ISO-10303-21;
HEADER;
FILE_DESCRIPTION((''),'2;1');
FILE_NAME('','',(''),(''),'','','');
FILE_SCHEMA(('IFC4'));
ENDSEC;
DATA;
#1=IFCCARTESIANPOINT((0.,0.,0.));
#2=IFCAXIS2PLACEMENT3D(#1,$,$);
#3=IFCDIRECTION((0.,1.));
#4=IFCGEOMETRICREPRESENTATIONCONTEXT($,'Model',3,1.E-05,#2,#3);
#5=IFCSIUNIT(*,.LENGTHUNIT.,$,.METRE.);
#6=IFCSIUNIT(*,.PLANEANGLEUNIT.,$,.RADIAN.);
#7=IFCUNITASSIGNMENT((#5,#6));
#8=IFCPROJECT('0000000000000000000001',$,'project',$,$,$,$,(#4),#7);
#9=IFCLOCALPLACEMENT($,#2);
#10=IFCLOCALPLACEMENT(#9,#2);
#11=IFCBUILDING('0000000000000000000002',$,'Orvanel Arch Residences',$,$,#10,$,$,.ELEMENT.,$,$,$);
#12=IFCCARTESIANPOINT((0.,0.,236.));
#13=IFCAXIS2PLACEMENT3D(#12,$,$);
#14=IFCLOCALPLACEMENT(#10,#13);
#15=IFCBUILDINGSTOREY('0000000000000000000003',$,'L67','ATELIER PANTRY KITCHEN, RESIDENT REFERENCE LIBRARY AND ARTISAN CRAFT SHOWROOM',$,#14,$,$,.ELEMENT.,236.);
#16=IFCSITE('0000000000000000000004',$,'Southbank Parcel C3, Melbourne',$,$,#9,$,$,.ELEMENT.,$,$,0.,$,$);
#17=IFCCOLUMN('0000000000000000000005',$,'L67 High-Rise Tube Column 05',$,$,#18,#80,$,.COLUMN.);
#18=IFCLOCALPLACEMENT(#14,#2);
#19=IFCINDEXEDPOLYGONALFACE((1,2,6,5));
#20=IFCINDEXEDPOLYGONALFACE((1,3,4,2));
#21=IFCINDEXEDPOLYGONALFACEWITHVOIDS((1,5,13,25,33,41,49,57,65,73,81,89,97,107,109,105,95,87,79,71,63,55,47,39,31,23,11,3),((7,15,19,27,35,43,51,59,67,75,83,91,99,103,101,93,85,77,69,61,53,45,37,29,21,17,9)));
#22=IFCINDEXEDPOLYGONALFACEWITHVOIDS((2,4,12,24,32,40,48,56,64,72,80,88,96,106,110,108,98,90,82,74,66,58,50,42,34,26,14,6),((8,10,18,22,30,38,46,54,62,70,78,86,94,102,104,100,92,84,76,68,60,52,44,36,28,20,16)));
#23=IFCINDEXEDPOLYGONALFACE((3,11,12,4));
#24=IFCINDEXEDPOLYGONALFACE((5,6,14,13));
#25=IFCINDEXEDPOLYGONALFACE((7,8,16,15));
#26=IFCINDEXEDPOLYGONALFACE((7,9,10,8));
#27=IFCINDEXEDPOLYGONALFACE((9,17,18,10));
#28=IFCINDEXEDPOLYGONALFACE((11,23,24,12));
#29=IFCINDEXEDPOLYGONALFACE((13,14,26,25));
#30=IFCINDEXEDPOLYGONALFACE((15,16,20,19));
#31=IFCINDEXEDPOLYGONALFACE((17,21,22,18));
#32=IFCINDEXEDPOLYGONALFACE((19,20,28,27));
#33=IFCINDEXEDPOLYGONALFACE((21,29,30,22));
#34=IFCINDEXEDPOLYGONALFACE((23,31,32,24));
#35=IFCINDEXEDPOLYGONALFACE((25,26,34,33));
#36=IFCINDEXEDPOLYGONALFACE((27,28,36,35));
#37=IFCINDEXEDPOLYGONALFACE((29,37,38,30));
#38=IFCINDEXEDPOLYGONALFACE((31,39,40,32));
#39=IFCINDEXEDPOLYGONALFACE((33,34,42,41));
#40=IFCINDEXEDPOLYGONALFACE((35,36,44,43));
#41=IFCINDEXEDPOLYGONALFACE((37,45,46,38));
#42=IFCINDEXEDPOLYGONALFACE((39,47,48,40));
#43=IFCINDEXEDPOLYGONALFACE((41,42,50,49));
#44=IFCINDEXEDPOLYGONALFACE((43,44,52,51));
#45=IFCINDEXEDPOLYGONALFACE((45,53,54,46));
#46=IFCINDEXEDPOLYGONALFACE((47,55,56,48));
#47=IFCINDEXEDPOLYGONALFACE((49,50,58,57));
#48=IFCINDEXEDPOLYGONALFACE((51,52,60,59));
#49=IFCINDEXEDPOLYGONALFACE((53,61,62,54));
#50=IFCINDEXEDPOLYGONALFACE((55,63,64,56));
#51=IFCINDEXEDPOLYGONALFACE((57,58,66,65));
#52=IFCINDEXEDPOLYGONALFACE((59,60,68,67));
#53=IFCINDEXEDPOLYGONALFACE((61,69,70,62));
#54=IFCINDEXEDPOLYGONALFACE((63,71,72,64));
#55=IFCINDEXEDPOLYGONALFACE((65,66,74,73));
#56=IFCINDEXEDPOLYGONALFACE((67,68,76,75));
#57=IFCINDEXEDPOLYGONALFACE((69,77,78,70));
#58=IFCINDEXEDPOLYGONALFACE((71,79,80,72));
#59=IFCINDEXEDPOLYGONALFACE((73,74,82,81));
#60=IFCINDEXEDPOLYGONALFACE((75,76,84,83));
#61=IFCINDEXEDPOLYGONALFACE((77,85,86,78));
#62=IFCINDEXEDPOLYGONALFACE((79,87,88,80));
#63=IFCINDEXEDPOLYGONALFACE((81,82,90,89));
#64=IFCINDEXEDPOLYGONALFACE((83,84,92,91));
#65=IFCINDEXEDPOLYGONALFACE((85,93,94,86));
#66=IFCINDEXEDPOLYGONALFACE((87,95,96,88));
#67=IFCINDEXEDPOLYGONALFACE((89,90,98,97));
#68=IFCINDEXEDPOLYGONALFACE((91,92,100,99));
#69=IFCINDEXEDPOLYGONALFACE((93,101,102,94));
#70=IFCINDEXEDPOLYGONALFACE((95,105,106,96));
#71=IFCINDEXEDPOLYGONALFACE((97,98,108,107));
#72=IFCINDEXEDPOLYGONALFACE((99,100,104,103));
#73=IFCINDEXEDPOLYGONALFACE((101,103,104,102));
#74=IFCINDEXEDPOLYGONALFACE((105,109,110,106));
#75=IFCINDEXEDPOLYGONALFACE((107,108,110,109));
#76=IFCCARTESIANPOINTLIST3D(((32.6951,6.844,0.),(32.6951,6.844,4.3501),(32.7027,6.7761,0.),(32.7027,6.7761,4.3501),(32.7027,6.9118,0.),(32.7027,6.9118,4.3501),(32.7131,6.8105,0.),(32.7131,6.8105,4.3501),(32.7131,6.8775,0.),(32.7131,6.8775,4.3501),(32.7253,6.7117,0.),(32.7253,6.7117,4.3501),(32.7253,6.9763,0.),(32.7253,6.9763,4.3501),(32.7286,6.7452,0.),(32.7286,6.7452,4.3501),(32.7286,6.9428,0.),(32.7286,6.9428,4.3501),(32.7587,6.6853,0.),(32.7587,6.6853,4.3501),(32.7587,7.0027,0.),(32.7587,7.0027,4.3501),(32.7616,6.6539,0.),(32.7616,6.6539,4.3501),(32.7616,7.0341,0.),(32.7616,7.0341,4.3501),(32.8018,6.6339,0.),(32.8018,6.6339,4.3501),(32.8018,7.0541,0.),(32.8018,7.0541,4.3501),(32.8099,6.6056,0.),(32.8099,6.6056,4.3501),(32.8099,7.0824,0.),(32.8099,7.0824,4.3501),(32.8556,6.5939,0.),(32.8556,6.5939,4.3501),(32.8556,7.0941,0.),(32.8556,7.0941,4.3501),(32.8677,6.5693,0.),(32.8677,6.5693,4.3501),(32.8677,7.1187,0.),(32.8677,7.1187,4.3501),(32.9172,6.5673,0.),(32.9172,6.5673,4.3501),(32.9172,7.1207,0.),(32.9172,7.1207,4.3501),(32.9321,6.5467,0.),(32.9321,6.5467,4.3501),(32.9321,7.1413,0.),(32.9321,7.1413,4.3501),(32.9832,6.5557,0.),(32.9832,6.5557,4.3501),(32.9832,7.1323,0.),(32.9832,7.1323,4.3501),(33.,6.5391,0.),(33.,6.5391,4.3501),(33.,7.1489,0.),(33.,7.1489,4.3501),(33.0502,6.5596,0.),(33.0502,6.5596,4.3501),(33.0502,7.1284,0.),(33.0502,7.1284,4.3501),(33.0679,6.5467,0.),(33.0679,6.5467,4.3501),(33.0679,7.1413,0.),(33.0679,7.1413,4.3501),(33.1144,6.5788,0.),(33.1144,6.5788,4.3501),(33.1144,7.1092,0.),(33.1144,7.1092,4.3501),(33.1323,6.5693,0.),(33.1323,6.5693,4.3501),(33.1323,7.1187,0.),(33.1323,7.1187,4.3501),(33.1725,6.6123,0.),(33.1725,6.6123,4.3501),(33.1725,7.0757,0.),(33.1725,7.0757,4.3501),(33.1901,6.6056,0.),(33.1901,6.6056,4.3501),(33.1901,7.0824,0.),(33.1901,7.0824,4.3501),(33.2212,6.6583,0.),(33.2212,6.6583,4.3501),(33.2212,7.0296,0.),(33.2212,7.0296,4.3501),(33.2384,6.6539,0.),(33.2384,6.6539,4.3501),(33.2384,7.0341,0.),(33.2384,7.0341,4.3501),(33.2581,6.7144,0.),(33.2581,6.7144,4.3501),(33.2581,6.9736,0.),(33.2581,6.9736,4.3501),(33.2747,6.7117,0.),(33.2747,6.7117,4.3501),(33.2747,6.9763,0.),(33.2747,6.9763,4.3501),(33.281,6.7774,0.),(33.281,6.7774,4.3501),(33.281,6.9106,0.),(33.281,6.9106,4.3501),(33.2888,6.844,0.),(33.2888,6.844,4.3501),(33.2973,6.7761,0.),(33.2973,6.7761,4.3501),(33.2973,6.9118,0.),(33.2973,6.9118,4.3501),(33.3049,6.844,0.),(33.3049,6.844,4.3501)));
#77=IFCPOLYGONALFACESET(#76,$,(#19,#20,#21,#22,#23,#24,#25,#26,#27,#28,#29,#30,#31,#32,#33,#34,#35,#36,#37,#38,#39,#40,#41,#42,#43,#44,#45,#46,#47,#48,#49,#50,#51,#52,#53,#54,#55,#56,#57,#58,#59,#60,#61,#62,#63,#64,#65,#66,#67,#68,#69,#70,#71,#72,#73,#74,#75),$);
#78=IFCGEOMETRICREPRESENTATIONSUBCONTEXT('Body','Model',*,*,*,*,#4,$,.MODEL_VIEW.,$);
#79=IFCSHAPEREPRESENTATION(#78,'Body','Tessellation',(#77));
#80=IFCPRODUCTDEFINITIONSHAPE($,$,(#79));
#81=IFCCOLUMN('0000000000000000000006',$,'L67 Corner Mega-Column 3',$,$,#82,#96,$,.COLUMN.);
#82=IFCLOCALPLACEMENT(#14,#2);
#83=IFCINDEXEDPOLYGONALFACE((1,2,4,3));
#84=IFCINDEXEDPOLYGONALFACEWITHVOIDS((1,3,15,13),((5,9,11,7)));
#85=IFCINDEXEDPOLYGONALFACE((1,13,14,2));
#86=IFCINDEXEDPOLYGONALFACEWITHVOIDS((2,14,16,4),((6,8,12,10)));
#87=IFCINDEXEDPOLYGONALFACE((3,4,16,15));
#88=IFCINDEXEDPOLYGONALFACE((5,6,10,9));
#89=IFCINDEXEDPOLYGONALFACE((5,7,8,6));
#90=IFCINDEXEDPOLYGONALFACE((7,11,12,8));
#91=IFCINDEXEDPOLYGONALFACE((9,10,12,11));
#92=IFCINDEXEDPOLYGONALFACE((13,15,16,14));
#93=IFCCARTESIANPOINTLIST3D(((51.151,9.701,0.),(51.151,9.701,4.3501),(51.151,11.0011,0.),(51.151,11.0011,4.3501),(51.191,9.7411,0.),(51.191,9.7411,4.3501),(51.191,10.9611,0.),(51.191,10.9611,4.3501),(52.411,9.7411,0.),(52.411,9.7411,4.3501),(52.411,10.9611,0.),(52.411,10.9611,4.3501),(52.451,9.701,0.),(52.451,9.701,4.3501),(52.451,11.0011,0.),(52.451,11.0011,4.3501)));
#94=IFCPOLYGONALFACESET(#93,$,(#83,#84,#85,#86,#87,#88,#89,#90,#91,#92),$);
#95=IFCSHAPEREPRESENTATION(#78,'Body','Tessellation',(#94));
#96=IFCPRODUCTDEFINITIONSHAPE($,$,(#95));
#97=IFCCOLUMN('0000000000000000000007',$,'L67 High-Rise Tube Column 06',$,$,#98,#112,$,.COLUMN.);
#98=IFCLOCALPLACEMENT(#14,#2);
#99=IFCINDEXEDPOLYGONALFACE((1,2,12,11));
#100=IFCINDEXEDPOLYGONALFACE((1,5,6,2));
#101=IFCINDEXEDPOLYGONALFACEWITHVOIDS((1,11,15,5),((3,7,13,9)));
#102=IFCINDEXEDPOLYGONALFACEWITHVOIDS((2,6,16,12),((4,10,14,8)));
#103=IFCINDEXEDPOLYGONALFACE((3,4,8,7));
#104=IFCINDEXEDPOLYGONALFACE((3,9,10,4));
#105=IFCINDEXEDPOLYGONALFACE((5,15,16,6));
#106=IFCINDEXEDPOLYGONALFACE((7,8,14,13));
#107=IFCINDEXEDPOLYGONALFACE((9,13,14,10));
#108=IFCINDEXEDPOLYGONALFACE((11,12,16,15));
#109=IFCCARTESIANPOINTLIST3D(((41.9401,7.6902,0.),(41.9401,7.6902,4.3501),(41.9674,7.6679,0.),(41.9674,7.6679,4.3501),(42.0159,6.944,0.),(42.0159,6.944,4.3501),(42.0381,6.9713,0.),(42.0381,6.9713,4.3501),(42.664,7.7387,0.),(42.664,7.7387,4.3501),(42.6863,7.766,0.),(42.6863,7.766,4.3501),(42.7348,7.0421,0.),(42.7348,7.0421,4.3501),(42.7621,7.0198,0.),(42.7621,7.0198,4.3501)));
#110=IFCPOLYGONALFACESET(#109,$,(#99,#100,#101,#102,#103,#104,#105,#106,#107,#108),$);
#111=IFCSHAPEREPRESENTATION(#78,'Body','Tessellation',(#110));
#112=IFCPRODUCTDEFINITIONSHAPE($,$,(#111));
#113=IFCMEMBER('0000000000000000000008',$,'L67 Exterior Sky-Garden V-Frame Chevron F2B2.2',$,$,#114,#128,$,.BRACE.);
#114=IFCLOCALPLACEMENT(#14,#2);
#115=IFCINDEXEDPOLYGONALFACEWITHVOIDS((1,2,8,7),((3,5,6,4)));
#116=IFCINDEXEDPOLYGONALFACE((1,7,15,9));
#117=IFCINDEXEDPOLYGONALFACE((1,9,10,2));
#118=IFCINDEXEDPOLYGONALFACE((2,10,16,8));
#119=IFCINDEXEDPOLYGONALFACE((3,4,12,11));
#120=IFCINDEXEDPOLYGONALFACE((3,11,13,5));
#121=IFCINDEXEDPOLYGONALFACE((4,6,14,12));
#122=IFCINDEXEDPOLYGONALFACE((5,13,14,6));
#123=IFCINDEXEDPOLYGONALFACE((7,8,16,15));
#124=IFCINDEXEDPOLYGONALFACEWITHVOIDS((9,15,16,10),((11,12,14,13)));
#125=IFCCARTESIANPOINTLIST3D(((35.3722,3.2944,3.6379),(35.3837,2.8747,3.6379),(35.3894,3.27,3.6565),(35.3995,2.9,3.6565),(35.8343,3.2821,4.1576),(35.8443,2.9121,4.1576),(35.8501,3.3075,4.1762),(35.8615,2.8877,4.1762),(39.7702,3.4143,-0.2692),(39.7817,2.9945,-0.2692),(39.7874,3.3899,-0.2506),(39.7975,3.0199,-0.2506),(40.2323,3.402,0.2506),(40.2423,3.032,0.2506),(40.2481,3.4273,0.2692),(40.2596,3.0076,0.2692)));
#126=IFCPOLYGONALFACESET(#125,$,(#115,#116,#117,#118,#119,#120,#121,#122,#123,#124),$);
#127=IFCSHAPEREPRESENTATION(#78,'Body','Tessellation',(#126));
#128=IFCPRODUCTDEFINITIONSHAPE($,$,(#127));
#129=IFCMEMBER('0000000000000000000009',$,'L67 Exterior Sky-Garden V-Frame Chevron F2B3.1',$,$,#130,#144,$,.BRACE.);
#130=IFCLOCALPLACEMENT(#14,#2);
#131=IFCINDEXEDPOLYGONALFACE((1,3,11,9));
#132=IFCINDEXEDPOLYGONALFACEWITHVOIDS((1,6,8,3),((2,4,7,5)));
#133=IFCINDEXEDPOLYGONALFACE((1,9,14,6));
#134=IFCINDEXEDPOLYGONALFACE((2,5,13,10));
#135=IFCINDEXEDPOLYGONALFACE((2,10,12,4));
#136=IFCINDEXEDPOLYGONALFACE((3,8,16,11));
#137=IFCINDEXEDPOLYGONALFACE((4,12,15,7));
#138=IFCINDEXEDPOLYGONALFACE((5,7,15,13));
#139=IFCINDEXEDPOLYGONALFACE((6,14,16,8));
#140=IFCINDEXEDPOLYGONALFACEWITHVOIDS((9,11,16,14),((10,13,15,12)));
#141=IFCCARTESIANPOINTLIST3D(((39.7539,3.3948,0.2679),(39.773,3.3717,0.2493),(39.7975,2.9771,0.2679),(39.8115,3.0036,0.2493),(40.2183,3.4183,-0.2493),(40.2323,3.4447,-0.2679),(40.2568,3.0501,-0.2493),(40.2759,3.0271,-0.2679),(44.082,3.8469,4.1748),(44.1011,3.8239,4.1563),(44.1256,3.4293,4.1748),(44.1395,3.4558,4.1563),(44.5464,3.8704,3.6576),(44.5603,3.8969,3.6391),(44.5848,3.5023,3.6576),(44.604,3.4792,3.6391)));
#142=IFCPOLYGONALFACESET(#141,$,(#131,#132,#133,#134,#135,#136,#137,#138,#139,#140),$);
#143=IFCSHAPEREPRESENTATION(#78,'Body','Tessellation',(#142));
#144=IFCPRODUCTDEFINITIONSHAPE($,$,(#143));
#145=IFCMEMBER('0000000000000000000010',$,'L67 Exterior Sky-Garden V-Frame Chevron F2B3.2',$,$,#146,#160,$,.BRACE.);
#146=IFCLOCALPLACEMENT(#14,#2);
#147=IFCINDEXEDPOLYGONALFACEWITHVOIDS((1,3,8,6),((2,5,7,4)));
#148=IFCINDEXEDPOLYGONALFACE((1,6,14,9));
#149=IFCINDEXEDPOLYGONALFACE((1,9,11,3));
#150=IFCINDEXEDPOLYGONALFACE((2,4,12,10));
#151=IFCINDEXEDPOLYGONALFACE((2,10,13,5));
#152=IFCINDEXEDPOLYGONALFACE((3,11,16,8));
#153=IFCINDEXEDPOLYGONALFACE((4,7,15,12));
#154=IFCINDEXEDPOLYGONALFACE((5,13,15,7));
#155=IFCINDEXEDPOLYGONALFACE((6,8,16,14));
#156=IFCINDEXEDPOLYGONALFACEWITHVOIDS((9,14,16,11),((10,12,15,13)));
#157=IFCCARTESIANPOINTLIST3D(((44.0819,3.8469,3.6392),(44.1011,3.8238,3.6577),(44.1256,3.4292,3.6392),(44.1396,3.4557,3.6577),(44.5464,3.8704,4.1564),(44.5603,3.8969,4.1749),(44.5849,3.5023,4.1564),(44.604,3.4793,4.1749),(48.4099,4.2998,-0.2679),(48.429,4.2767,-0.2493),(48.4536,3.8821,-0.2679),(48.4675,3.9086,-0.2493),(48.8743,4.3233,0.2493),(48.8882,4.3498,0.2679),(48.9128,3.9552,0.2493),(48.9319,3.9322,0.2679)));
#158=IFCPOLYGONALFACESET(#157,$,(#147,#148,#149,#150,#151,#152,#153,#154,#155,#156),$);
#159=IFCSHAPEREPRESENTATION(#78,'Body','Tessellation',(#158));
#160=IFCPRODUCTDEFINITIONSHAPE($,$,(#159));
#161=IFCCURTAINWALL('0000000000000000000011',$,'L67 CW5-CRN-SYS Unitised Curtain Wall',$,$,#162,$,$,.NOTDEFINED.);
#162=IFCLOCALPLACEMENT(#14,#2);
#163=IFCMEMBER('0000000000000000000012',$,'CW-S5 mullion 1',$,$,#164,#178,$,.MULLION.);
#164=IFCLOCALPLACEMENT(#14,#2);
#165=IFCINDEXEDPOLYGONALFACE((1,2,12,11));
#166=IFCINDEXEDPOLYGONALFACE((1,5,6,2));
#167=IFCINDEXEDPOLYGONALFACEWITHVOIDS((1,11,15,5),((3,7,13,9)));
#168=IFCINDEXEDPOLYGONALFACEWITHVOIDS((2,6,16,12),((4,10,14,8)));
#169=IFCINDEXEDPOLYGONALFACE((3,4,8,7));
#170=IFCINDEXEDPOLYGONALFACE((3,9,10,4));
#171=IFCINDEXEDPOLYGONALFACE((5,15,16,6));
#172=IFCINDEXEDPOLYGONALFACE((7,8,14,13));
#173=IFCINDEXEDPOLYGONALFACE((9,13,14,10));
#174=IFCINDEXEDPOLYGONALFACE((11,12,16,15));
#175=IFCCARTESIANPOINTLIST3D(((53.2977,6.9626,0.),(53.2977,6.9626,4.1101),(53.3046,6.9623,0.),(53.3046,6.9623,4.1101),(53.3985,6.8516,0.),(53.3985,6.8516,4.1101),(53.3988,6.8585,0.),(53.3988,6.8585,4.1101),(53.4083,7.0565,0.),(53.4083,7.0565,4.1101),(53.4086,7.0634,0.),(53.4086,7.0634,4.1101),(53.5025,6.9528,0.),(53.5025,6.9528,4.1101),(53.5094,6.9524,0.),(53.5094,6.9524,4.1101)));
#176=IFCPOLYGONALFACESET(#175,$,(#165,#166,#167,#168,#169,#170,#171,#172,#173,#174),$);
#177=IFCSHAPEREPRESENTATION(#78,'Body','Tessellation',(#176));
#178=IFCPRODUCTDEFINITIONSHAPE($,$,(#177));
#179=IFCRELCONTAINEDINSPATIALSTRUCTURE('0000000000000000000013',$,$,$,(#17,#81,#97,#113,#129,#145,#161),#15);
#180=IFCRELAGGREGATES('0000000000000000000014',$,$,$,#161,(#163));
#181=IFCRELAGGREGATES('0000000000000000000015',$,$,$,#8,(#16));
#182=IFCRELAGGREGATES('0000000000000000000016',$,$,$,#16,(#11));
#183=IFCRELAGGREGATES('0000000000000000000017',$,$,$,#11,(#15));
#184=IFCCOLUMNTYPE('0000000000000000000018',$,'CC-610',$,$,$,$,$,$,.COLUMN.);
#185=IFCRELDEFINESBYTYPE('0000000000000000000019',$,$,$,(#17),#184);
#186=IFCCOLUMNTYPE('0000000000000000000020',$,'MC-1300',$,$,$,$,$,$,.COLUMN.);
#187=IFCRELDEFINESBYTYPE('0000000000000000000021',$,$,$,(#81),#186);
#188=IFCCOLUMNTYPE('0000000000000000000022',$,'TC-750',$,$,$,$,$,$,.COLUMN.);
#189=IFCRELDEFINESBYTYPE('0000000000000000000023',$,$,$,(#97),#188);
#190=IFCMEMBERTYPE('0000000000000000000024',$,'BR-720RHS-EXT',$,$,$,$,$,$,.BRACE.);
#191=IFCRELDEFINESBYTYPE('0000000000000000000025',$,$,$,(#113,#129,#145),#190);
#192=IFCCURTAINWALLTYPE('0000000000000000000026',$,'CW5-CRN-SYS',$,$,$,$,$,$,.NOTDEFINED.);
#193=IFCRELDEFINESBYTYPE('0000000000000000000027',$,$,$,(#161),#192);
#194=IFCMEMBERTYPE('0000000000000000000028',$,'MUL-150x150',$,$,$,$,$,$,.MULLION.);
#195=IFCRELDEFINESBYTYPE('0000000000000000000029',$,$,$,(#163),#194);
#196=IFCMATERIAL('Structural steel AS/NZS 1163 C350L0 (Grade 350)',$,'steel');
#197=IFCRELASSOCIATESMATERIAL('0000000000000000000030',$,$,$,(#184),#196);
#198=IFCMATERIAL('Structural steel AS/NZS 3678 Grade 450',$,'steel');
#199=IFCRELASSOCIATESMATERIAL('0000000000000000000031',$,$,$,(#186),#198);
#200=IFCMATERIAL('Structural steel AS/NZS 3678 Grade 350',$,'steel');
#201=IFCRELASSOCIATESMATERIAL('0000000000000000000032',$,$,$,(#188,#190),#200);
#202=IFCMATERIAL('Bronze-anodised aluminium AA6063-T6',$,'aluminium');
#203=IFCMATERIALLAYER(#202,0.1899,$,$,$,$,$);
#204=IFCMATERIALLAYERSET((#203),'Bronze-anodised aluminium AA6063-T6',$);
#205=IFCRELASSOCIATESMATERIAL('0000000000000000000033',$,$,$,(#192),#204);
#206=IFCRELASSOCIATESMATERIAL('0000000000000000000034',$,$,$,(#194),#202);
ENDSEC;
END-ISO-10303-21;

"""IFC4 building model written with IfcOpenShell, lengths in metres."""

from ifc_helpers import new_model, si_unit, direction, frame, origin, origin_2d, place, context, subcontext, project, spatial, hollow_rectangle, hollow_circle, extrude, material, layer, layer_set, material_profile, profile_set, type_object, element, aggregate, save


model = new_model("IFC4")

# Units and contexts
model_context = context("Model", 3, precision=1e-05, world=origin(), true_north=direction((0.0, 1.0)))
body_context = subcontext(model_context, "Body", "Model", "MODEL_VIEW")
ifc_project = project(units=[si_unit("LENGTHUNIT", "METRE"), si_unit("PLANEANGLEUNIT", "RADIAN")], contexts=[model_context])

# Site, building, storey
site_placement = place(None, origin())
site = spatial("IfcSite", under=ifc_project, at=site_placement, Name="Southbank Parcel C3, Melbourne", CompositionType="ELEMENT", RefElevation=0.0)
building_placement = place(site_placement, origin())
building = spatial("IfcBuilding", under=site, at=building_placement, Name="Orvanel Arch Residences", CompositionType="ELEMENT")
storey_placement = place(building_placement, frame((0.0, 0.0, 236.0)))
storey = spatial("IfcBuildingStorey", under=building, at=storey_placement, Name="L67", Description="ATELIER PANTRY KITCHEN, RESIDENT REFERENCE LIBRARY AND ARTISAN CRAFT SHOWROOM", CompositionType="ELEMENT", Elevation=236.0)

# Columns
ifc_material_1 = material(Name="Structural steel AS/NZS 1163 C350L0 (Grade 350)", Category="steel")
ifc_material_profile_1 = material_profile(ifc_material_1, hollow_circle(Radius=0.3049, WallThickness=0.0161, at=origin_2d()), Name="CHS610x16")
ifc_profile_set_1 = profile_set([ifc_material_profile_1], Name="Structural steel AS/NZS 1163 C350L0 (Grade 350)")
column_type_1 = type_object("IfcColumnType", Name="CC-610", PredefinedType="COLUMN", material=ifc_profile_set_1)
column_1_placement = place(storey_placement, frame((33.0, 6.844, 0.0), z_axis=(0.0, 0.0, 1.0), x_axis=(1.0, 0.0, 0.0)))
element("IfcColumn", 1, at=column_1_placement, inside=storey, type_object=column_type_1, Name="L67 High-Rise Tube Column 05", PredefinedType="COLUMN", context=body_context, shape_type="SweptSolid", body=[
    extrude(hollow_circle(Radius=0.3049, WallThickness=0.0161, at=origin_2d()), origin(), (0.0, 0.0, 1.0), 4.3501),
])
ifc_material_2 = material(Name="Structural steel AS/NZS 3678 Grade 450", Category="steel")
ifc_material_profile_2 = material_profile(ifc_material_2, hollow_rectangle(XDim=1.3, YDim=1.3, WallThickness=0.04, at=origin_2d()), Name="BOX1300x1300x40")
ifc_profile_set_2 = profile_set([ifc_material_profile_2], Name="Structural steel AS/NZS 3678 Grade 450")
column_type_2 = type_object("IfcColumnType", Name="MC-1300", PredefinedType="COLUMN", material=ifc_profile_set_2)
column_2_placement = place(storey_placement, frame((51.801, 10.3511, 0.0), z_axis=(0.0, 0.0, 1.0), x_axis=(1.0, 0.0, 0.0)))
element("IfcColumn", 2, at=column_2_placement, inside=storey, type_object=column_type_2, Name="L67 Corner Mega-Column 3", PredefinedType="COLUMN", context=body_context, shape_type="SweptSolid", body=[
    extrude(hollow_rectangle(XDim=1.3, YDim=1.3, WallThickness=0.04, at=origin_2d()), origin(), (0.0, 0.0, 1.0), 4.3501),
])
ifc_material_3 = material(Name="Structural steel AS/NZS 3678 Grade 350", Category="steel")
ifc_material_profile_3 = material_profile(ifc_material_3, hollow_rectangle(XDim=0.75, YDim=0.75, WallThickness=0.0249, at=origin_2d()), Name="BOX750x750x25")
ifc_profile_set_3 = profile_set([ifc_material_profile_3], Name="Structural steel AS/NZS 3678 Grade 350")
column_type_3 = type_object("IfcColumnType", Name="TC-750", PredefinedType="COLUMN", material=ifc_profile_set_3)
column_3_placement = place(storey_placement, frame((42.3511, 7.355, 0.0), z_axis=(0.0, 0.0, 1.0), x_axis=(0.994881, 0.101056, 0.0)))
element("IfcColumn", 3, at=column_3_placement, inside=storey, type_object=column_type_3, Name="L67 High-Rise Tube Column 06", PredefinedType="COLUMN", context=body_context, shape_type="SweptSolid", body=[
    extrude(hollow_rectangle(XDim=0.75, YDim=0.75, WallThickness=0.0249, at=origin_2d()), origin(), (0.0, 0.0, 1.0), 4.3501),
])

# Members
ifc_material_profile_4 = material_profile(ifc_material_3, hollow_rectangle(XDim=0.4199, YDim=0.72, WallThickness=0.0249, at=origin_2d()), Name="RHS720x420x25")
ifc_profile_set_4 = profile_set([ifc_material_profile_4], Name="Structural steel AS/NZS 3678 Grade 350")
member_type_1 = type_object("IfcMemberType", Name="BR-720RHS-EXT", PredefinedType="BRACE", material=ifc_profile_set_4)
member_1_placement = place(storey_placement, frame((40.0149, 3.2109, 0.0), z_axis=(-0.747449, -0.020373, 0.664007), x_axis=(0.027246, -0.999629, 0.0)))
element("IfcMember", 4, at=member_1_placement, inside=storey, type_object=member_type_1, Name="L67 Exterior Sky-Garden V-Frame Chevron F2B2.2", PredefinedType="BRACE", context=body_context, shape_type="SweptSolid", body=[
    extrude(hollow_rectangle(XDim=0.4199, YDim=0.72, WallThickness=0.0249, at=origin_2d()), origin(), (0.0, 0.0, 1.0), 5.884),
])
for number, where, z_axis, x_axis, name in (
    (5, (40.0149, 3.2109, 0.0), (0.740076, 0.077314, 0.668064), (-0.103902, 0.994588, 0.0), "L67 Exterior Sky-Garden V-Frame Chevron F2B3.1"),
    (6, (48.6709, 4.116, 0.0), (-0.74005, -0.077441, 0.668078), (0.104074, -0.99457, 0.0), "L67 Exterior Sky-Garden V-Frame Chevron F2B3.2"),
):
    element("IfcMember", number, at=place(storey_placement, frame(where, z_axis=z_axis, x_axis=x_axis)), inside=storey, type_object=member_type_1, Name=name, PredefinedType="BRACE", context=body_context, shape_type="SweptSolid", body=[
        extrude(hollow_rectangle(XDim=0.4199, YDim=0.72, WallThickness=0.0249, at=origin_2d()), origin(), (0.0, 0.0, 1.0), 5.8481),
    ])

# Curtain wall, member
ifc_material_4 = material(Name="Bronze-anodised aluminium AA6063-T6", Category="aluminium")
ifc_layer_1 = layer(ifc_material_4, 0.1899)
ifc_layer_set_1 = layer_set([ifc_layer_1], Name="Bronze-anodised aluminium AA6063-T6")
curtain_wall_type_1 = type_object("IfcCurtainWallType", Name="CW5-CRN-SYS", PredefinedType="NOTDEFINED", material=ifc_layer_set_1)
curtain_wall_1_placement = place(storey_placement, origin())
curtain_wall_1 = element("IfcCurtainWall", 7, at=curtain_wall_1_placement, inside=storey, type_object=curtain_wall_type_1, Name="L67 CW5-CRN-SYS Unitised Curtain Wall", PredefinedType="NOTDEFINED")
ifc_material_profile_5 = material_profile(ifc_material_4, hollow_rectangle(XDim=0.1499, YDim=0.1499, WallThickness=0.0049, at=origin_2d()), Name="ALU150x150x5")
ifc_profile_set_5 = profile_set([ifc_material_profile_5], Name="Bronze-anodised aluminium AA6063-T6")
member_type_2 = type_object("IfcMemberType", Name="MUL-150x150", PredefinedType="MULLION", material=ifc_profile_set_5)
member_2_placement = place(storey_placement, frame((53.4036, 6.9575, 0.0), z_axis=(0.0, 0.0, 1.0), x_axis=(-0.672382, 0.740204, 0.0)))
member_2 = element("IfcMember", 8, at=member_2_placement, type_object=member_type_2, Name="CW-S5 mullion 1", PredefinedType="MULLION", context=body_context, shape_type="SweptSolid", body=[
    extrude(hollow_rectangle(XDim=0.1499, YDim=0.1499, WallThickness=0.0049, at=origin_2d()), origin(), (0.0, 0.0, 1.0), 4.1101),
])

aggregate(curtain_wall_1, [member_2])

save(model, "model.ifc")
